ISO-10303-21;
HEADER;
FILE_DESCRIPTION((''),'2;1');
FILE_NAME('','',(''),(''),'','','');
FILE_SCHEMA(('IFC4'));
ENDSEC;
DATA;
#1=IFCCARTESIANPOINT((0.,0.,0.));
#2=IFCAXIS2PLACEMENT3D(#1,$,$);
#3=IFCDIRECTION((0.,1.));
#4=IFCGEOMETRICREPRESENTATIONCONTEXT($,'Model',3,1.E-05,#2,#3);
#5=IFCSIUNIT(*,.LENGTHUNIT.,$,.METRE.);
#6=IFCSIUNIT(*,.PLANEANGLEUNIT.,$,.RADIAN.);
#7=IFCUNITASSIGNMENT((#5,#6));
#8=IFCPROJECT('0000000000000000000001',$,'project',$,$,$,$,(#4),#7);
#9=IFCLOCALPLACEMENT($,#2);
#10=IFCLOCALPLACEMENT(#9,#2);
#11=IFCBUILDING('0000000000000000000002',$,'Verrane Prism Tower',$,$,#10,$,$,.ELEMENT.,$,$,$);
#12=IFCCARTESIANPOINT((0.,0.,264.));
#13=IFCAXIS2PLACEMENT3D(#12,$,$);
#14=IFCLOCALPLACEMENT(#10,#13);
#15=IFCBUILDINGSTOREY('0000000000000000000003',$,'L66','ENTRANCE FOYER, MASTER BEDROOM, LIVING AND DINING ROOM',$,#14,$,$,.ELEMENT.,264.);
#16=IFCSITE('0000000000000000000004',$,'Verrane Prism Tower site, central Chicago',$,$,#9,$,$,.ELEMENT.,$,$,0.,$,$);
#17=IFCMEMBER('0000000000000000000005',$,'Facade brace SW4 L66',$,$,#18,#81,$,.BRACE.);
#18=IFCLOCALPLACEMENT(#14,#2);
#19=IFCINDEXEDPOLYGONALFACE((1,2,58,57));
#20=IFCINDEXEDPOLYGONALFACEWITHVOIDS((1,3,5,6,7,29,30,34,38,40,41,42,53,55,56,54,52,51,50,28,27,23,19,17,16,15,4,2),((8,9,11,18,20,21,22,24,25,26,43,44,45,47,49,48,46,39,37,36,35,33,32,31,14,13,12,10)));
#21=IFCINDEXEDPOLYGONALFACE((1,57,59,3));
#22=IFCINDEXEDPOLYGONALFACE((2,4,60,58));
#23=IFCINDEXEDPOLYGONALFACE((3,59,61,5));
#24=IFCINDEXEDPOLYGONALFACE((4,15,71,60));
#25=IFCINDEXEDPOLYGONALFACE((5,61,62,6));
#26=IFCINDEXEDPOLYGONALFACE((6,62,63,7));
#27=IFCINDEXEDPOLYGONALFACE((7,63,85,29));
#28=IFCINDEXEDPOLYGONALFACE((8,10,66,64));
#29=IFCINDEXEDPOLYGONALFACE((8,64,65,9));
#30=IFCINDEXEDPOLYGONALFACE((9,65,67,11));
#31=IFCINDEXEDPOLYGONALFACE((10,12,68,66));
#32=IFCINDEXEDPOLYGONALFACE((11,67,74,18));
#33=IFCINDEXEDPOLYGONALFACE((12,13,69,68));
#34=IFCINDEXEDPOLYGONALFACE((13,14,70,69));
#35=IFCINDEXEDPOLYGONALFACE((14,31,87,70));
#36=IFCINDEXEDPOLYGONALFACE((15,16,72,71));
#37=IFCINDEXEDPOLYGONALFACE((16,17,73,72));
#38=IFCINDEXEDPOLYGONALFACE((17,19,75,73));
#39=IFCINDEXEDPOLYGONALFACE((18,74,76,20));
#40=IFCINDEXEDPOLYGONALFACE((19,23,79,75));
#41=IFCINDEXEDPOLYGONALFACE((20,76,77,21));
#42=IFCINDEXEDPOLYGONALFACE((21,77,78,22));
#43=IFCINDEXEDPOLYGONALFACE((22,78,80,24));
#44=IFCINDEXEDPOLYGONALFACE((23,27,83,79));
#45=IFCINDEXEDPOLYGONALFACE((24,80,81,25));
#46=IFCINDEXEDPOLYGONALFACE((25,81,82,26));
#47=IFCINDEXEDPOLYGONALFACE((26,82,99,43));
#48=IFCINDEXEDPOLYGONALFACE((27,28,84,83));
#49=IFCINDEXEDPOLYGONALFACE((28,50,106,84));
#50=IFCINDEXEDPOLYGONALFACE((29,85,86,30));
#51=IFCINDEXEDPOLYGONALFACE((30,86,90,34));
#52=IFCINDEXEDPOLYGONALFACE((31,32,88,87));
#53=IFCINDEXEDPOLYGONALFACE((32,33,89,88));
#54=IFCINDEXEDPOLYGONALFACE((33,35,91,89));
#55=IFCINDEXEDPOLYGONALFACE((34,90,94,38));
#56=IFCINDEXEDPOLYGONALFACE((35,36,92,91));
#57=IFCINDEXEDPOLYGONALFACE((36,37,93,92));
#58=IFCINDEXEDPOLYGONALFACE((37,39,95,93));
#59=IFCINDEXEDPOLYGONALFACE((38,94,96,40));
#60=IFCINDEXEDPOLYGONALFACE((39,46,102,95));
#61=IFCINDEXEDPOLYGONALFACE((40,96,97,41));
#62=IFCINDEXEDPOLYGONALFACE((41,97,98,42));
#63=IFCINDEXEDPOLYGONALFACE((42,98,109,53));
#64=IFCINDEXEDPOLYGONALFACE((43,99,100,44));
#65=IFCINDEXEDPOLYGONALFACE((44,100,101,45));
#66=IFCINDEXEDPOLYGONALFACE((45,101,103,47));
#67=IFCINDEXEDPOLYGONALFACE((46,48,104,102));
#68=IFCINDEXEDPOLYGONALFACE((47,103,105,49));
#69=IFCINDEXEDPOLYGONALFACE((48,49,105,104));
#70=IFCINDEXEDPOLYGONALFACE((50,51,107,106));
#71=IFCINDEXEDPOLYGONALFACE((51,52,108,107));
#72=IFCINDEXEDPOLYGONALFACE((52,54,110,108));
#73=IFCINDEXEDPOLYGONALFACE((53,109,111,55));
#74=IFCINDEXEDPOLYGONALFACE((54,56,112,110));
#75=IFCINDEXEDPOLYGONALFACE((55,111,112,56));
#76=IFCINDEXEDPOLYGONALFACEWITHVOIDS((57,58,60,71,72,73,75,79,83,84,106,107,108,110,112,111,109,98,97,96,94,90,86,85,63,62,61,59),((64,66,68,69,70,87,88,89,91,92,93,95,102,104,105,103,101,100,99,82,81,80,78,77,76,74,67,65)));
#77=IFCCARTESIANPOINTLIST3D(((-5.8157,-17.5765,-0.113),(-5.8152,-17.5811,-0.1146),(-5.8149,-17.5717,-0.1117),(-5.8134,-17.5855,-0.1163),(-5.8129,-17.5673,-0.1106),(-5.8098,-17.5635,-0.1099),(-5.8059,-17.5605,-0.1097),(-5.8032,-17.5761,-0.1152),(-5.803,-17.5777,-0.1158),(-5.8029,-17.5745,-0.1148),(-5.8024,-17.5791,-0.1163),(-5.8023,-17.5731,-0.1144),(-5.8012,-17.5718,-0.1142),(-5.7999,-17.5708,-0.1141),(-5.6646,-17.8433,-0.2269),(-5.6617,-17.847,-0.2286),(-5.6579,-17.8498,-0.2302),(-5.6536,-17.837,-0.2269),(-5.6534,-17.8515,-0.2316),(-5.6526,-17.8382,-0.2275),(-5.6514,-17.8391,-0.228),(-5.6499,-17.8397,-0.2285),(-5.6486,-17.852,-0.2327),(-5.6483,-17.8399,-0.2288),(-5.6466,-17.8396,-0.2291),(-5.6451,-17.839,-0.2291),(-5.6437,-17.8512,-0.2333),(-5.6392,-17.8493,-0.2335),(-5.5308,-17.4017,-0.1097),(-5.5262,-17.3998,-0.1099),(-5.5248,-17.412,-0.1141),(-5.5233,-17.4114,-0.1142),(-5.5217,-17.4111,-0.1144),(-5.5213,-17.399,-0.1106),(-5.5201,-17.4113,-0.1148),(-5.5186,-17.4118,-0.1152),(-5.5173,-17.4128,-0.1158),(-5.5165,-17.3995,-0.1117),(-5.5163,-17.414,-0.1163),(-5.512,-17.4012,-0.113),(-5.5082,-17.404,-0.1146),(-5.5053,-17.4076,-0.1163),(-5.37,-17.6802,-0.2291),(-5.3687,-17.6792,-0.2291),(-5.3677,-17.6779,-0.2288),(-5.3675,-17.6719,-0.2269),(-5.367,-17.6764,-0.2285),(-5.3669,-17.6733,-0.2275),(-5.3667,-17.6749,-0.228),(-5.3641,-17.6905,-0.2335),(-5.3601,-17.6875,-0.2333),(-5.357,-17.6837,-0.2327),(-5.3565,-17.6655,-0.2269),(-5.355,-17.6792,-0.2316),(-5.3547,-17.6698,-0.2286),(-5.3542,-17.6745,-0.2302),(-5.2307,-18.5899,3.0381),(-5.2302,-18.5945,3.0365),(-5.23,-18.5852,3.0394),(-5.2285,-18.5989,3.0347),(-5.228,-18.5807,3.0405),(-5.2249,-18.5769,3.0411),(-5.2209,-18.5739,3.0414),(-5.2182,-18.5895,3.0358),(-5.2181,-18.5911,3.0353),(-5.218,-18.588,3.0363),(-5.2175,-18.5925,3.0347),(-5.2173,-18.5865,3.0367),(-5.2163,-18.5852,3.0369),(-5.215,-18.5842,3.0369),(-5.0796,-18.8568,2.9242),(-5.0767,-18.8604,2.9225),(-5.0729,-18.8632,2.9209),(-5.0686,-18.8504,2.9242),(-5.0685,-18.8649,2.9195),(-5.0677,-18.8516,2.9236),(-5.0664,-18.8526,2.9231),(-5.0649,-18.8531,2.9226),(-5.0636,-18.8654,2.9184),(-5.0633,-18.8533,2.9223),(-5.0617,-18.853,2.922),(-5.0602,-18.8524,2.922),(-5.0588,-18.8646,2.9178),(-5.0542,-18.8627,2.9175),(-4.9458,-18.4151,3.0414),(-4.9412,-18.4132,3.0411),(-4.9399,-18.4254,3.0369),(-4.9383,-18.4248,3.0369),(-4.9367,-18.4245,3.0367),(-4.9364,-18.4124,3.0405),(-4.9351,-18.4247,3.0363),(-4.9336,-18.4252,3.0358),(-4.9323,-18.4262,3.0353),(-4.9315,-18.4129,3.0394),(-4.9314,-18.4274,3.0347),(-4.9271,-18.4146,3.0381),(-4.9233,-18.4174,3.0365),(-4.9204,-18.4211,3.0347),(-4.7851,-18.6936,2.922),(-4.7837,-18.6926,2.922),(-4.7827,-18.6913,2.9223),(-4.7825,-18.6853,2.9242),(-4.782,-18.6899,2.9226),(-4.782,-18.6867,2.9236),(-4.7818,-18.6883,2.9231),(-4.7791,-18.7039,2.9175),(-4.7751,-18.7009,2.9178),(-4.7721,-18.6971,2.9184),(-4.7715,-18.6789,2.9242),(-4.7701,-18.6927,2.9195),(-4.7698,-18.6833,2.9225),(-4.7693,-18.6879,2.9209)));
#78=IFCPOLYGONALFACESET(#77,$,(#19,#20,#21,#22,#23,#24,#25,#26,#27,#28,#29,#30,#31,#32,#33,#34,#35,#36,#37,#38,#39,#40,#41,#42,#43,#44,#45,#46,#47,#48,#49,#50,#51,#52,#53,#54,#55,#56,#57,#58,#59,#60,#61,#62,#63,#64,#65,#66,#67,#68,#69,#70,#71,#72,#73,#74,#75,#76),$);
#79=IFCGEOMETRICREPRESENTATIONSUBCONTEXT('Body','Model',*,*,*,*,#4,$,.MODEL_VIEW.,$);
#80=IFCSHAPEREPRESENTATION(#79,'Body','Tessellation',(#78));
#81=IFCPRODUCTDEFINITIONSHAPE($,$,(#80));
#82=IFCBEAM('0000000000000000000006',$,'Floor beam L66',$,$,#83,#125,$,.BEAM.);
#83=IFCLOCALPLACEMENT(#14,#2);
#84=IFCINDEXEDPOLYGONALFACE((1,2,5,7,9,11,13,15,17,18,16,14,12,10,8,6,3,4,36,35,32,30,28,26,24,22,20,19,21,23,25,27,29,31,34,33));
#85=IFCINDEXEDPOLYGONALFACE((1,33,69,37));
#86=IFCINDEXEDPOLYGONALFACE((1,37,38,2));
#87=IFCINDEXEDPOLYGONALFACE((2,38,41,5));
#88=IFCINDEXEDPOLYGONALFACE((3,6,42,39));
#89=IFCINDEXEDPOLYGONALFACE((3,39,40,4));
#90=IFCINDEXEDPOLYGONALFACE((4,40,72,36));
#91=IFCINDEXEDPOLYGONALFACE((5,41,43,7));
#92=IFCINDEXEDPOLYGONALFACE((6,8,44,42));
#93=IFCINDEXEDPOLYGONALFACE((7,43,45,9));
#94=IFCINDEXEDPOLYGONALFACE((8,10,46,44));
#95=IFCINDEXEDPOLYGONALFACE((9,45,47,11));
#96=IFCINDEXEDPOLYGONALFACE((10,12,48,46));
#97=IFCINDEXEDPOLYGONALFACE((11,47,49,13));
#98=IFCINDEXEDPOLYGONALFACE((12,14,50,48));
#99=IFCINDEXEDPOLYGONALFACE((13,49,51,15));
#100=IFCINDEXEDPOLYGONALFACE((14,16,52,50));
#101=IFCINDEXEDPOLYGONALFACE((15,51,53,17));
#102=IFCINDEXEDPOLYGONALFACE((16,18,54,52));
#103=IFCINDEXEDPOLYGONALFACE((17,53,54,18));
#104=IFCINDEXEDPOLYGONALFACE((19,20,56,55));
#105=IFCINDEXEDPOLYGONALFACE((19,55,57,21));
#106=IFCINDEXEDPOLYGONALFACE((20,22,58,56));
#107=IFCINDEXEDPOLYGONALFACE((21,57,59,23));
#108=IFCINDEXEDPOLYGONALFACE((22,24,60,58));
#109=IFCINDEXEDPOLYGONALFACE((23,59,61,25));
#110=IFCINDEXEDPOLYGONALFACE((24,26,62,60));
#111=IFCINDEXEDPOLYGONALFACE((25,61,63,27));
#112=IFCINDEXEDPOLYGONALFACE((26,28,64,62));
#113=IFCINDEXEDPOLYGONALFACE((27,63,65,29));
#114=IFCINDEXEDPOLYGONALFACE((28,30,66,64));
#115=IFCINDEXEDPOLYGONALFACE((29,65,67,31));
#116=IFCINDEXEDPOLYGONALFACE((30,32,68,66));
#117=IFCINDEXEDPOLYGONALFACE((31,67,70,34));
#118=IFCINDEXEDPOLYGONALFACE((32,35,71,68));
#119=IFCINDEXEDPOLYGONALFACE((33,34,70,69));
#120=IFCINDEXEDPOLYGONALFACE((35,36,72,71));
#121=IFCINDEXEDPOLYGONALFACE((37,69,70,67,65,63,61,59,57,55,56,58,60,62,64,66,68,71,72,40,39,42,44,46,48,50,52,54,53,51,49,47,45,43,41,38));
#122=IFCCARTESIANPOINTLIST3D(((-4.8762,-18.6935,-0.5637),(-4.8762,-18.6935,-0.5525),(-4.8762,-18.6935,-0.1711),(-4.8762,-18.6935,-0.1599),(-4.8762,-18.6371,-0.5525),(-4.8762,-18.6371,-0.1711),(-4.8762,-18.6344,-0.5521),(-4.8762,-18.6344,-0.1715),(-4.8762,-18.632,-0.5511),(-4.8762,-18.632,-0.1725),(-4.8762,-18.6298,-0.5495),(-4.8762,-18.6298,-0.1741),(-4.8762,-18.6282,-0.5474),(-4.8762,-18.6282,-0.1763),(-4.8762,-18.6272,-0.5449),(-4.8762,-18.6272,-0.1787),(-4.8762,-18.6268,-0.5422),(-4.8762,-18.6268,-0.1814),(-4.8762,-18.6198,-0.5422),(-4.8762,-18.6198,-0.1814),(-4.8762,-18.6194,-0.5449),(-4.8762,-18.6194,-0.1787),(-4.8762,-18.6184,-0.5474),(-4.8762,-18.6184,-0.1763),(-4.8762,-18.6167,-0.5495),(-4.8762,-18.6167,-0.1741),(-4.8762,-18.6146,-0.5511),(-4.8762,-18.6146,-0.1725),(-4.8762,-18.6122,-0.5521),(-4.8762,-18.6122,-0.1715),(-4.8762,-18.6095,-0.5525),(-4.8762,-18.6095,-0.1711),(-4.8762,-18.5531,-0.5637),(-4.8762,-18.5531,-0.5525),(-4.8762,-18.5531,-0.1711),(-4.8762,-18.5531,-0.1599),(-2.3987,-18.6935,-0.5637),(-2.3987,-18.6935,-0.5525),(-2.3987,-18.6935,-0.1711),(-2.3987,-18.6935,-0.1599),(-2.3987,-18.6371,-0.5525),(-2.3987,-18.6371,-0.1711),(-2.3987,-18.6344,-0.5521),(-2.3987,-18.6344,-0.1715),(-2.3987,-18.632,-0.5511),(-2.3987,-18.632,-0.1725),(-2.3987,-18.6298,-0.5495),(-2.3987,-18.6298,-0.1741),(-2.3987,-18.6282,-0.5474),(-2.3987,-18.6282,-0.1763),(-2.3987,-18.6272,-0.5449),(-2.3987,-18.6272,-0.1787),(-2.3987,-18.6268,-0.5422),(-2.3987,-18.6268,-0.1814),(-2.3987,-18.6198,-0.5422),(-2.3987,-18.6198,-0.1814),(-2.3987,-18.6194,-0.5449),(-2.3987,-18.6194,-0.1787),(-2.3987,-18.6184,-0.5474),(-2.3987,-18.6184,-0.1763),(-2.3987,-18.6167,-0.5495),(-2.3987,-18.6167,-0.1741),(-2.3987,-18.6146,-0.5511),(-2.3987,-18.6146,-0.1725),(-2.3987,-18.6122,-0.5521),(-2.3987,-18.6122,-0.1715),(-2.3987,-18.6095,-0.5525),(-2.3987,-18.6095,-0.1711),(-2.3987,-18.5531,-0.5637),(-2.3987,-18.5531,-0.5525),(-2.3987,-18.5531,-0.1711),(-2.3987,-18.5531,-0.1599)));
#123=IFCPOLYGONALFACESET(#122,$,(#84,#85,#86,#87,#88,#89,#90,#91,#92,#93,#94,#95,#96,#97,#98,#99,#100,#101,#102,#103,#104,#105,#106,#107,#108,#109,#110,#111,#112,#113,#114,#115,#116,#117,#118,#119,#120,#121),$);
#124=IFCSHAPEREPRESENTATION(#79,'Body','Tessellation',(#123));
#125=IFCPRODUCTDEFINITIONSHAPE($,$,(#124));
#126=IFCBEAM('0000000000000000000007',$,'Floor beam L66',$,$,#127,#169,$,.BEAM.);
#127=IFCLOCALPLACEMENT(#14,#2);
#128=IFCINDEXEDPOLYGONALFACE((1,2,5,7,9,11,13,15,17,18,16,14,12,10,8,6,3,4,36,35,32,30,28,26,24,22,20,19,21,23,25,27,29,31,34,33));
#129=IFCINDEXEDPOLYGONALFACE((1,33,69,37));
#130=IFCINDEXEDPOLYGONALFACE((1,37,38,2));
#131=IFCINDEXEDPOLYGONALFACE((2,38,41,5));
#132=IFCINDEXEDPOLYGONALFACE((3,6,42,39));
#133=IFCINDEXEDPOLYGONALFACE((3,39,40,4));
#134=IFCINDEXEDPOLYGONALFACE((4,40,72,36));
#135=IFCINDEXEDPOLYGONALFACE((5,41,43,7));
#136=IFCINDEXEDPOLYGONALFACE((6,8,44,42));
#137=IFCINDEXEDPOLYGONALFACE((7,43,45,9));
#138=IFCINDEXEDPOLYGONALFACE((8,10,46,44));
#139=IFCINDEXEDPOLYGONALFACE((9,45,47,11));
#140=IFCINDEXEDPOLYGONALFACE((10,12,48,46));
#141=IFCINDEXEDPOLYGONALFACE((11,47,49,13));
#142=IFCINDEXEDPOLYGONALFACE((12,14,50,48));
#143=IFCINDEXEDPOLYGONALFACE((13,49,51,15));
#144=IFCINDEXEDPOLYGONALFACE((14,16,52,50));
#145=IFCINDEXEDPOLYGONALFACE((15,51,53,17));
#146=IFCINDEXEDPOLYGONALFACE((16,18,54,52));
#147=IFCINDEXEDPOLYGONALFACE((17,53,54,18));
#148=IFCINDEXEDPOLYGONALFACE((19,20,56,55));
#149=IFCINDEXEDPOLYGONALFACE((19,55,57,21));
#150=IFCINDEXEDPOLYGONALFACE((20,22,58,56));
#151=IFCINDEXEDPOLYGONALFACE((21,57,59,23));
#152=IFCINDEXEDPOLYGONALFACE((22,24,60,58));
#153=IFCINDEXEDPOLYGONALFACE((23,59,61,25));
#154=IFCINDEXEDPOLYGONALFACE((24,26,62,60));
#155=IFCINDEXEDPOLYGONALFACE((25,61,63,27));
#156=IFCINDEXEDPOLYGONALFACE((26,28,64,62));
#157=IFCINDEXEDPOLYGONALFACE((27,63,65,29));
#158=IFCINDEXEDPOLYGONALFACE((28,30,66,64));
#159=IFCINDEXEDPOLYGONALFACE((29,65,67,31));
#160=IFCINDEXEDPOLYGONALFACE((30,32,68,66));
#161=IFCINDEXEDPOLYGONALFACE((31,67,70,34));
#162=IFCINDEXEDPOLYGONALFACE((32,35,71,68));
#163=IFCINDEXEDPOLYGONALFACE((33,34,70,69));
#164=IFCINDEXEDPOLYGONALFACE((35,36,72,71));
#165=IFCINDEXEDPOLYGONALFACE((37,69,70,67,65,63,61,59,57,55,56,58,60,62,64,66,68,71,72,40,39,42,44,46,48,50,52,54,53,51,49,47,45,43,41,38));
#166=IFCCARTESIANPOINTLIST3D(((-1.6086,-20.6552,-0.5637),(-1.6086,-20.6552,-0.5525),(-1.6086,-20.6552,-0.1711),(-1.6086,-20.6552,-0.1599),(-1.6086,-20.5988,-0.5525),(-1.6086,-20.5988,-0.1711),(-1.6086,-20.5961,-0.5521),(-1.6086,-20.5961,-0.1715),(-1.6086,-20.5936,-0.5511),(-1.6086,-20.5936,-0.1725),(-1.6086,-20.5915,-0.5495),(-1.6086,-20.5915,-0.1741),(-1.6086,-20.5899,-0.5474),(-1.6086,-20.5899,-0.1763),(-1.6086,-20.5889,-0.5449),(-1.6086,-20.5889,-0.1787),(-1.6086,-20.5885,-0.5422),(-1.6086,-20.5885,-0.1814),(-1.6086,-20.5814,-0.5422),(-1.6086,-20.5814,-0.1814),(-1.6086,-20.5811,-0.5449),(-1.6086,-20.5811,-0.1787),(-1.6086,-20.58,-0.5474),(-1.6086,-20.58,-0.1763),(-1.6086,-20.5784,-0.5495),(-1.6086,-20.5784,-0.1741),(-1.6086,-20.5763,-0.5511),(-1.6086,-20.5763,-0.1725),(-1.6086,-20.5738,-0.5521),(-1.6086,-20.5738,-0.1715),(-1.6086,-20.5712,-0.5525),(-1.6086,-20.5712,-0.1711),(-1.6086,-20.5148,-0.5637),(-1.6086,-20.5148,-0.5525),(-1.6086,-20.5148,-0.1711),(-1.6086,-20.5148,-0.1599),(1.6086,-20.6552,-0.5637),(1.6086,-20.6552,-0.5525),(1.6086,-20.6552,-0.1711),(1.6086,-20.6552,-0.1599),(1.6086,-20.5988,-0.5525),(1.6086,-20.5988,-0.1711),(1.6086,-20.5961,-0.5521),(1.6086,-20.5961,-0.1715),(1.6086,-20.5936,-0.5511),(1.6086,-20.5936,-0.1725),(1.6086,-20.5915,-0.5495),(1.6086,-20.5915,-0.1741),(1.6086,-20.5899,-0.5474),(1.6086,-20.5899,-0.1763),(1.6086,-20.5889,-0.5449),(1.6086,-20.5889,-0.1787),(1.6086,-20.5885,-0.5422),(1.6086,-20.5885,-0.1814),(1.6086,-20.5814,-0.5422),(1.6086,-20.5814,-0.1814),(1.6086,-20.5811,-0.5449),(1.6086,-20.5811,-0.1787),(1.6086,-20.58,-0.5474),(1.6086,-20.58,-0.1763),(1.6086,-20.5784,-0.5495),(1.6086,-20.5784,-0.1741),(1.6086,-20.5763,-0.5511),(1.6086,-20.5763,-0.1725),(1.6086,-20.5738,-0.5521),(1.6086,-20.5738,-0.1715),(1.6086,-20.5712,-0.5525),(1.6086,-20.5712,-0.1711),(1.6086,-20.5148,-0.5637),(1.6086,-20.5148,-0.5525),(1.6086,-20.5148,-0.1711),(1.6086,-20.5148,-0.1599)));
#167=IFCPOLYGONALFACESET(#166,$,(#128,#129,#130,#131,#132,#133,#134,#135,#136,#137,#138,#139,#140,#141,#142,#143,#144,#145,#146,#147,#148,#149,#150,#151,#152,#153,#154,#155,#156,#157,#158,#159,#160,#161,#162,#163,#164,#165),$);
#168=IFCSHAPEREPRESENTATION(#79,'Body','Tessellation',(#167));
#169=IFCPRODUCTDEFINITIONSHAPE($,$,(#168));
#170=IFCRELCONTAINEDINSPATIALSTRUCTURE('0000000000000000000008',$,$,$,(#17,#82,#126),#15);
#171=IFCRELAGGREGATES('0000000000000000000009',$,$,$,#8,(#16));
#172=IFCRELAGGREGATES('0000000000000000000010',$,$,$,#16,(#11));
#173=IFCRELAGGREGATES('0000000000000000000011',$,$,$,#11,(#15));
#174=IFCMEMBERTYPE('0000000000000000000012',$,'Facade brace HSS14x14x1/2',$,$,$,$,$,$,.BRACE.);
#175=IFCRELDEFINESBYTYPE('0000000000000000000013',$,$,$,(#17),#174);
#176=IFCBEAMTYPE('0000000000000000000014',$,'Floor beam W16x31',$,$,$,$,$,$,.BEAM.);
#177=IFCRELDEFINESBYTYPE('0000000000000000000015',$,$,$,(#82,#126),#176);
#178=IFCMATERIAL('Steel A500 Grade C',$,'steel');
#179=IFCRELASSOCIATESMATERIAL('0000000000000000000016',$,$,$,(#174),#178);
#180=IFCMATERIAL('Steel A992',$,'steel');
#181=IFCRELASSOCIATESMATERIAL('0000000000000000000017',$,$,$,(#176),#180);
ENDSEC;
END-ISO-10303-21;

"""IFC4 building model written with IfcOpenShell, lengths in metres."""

from ifc_helpers import new_model, si_unit, direction, frame, origin, origin_2d, place, context, subcontext, project, spatial, hollow_rectangle, i_section, extrude, material, material_profile, profile_set, type_object, element, save


model = new_model("IFC4")

# Units and contexts
model_context = context("Model", 3, precision=1e-05, world=origin(), true_north=direction((0.0, 1.0)))
body_context = subcontext(model_context, "Body", "Model", "MODEL_VIEW")
ifc_project = project(units=[si_unit("LENGTHUNIT", "METRE"), si_unit("PLANEANGLEUNIT", "RADIAN")], contexts=[model_context])

# Site, building, storey
site_placement = place(None, origin())
site = spatial("IfcSite", under=ifc_project, at=site_placement, Name="Verrane Prism Tower site, central Chicago", CompositionType="ELEMENT", RefElevation=0.0)
building_placement = place(site_placement, origin())
building = spatial("IfcBuilding", under=site, at=building_placement, Name="Verrane Prism Tower", CompositionType="ELEMENT")
storey_placement = place(building_placement, frame((0.0, 0.0, 264.0)))
storey = spatial("IfcBuildingStorey", under=building, at=storey_placement, Name="L66", Description="ENTRANCE FOYER, MASTER BEDROOM, LIVING AND DINING ROOM", CompositionType="ELEMENT", Elevation=264.0)

# Member
ifc_material_1 = material(Name="Steel A500 Grade C", Category="steel")
ifc_material_profile_1 = material_profile(ifc_material_1, hollow_rectangle(XDim=0.3557, YDim=0.3557, WallThickness=0.0127, InnerFilletRadius=0.0063, OuterFilletRadius=0.019, at=origin_2d()), Name="HSS14x14x1/2")
ifc_profile_set_1 = profile_set([ifc_material_profile_1], Name="Steel A500 Grade C")
member_type_1 = type_object("IfcMemberType", Name="Facade brace HSS14x14x1/2", PredefinedType="BRACE", material=ifc_profile_set_1)
for number, where, z_axis, x_axis, name in (
    (1, (-5.585, -17.6255, -0.1716), (0.174025, -0.301493, 0.937453), (0.866078, 0.499909, 0.0), "Facade brace SW4 L66"),
):
    element("IfcMember", number, at=place(storey_placement, frame(where, z_axis=z_axis, x_axis=x_axis)), inside=storey, type_object=member_type_1, Name=name, PredefinedType="BRACE", context=body_context, shape_type="SweptSolid", body=[
        extrude(hollow_rectangle(XDim=0.3557, YDim=0.3557, WallThickness=0.0127, InnerFilletRadius=0.0063, OuterFilletRadius=0.019, at=origin_2d()), origin(), (0.0, 0.0, 1.0), 3.3613),
    ])

# Beams
ifc_material_2 = material(Name="Steel A992", Category="steel")
ifc_material_profile_2 = material_profile(ifc_material_2, i_section(OverallWidth=0.1404, OverallDepth=0.4038, WebThickness=0.0071, FlangeThickness=0.0112, FilletRadius=0.0103, at=origin_2d()), Name="W16x31")
ifc_profile_set_2 = profile_set([ifc_material_profile_2], Name="Steel A992")
beam_type_1 = type_object("IfcBeamType", Name="Floor beam W16x31", PredefinedType="BEAM", material=ifc_profile_set_2)
beam_1_placement = place(storey_placement, frame((-4.8762, -18.6233, -0.3618), z_axis=(1.0, 0.0, 0.0), x_axis=(0.0, 1.0, 0.0)))
element("IfcBeam", 2, at=beam_1_placement, inside=storey, type_object=beam_type_1, Name="Floor beam L66", PredefinedType="BEAM", context=body_context, shape_type="SweptSolid", body=[
    extrude(i_section(OverallWidth=0.1404, OverallDepth=0.4038, WebThickness=0.0071, FlangeThickness=0.0112, FilletRadius=0.0103, at=origin_2d()), origin(), (0.0, 0.0, 1.0), 2.4775),
])
beam_2_placement = place(storey_placement, frame((-1.6086, -20.585, -0.3618), z_axis=(1.0, 0.0, 0.0), x_axis=(0.0, 1.0, 0.0)))
element("IfcBeam", 3, at=beam_2_placement, inside=storey, type_object=beam_type_1, Name="Floor beam L66", PredefinedType="BEAM", context=body_context, shape_type="SweptSolid", body=[
    extrude(i_section(OverallWidth=0.1404, OverallDepth=0.4038, WebThickness=0.0071, FlangeThickness=0.0112, FilletRadius=0.0103, at=origin_2d()), origin(), (0.0, 0.0, 1.0), 3.2173),
])

save(model, "model.ifc")
